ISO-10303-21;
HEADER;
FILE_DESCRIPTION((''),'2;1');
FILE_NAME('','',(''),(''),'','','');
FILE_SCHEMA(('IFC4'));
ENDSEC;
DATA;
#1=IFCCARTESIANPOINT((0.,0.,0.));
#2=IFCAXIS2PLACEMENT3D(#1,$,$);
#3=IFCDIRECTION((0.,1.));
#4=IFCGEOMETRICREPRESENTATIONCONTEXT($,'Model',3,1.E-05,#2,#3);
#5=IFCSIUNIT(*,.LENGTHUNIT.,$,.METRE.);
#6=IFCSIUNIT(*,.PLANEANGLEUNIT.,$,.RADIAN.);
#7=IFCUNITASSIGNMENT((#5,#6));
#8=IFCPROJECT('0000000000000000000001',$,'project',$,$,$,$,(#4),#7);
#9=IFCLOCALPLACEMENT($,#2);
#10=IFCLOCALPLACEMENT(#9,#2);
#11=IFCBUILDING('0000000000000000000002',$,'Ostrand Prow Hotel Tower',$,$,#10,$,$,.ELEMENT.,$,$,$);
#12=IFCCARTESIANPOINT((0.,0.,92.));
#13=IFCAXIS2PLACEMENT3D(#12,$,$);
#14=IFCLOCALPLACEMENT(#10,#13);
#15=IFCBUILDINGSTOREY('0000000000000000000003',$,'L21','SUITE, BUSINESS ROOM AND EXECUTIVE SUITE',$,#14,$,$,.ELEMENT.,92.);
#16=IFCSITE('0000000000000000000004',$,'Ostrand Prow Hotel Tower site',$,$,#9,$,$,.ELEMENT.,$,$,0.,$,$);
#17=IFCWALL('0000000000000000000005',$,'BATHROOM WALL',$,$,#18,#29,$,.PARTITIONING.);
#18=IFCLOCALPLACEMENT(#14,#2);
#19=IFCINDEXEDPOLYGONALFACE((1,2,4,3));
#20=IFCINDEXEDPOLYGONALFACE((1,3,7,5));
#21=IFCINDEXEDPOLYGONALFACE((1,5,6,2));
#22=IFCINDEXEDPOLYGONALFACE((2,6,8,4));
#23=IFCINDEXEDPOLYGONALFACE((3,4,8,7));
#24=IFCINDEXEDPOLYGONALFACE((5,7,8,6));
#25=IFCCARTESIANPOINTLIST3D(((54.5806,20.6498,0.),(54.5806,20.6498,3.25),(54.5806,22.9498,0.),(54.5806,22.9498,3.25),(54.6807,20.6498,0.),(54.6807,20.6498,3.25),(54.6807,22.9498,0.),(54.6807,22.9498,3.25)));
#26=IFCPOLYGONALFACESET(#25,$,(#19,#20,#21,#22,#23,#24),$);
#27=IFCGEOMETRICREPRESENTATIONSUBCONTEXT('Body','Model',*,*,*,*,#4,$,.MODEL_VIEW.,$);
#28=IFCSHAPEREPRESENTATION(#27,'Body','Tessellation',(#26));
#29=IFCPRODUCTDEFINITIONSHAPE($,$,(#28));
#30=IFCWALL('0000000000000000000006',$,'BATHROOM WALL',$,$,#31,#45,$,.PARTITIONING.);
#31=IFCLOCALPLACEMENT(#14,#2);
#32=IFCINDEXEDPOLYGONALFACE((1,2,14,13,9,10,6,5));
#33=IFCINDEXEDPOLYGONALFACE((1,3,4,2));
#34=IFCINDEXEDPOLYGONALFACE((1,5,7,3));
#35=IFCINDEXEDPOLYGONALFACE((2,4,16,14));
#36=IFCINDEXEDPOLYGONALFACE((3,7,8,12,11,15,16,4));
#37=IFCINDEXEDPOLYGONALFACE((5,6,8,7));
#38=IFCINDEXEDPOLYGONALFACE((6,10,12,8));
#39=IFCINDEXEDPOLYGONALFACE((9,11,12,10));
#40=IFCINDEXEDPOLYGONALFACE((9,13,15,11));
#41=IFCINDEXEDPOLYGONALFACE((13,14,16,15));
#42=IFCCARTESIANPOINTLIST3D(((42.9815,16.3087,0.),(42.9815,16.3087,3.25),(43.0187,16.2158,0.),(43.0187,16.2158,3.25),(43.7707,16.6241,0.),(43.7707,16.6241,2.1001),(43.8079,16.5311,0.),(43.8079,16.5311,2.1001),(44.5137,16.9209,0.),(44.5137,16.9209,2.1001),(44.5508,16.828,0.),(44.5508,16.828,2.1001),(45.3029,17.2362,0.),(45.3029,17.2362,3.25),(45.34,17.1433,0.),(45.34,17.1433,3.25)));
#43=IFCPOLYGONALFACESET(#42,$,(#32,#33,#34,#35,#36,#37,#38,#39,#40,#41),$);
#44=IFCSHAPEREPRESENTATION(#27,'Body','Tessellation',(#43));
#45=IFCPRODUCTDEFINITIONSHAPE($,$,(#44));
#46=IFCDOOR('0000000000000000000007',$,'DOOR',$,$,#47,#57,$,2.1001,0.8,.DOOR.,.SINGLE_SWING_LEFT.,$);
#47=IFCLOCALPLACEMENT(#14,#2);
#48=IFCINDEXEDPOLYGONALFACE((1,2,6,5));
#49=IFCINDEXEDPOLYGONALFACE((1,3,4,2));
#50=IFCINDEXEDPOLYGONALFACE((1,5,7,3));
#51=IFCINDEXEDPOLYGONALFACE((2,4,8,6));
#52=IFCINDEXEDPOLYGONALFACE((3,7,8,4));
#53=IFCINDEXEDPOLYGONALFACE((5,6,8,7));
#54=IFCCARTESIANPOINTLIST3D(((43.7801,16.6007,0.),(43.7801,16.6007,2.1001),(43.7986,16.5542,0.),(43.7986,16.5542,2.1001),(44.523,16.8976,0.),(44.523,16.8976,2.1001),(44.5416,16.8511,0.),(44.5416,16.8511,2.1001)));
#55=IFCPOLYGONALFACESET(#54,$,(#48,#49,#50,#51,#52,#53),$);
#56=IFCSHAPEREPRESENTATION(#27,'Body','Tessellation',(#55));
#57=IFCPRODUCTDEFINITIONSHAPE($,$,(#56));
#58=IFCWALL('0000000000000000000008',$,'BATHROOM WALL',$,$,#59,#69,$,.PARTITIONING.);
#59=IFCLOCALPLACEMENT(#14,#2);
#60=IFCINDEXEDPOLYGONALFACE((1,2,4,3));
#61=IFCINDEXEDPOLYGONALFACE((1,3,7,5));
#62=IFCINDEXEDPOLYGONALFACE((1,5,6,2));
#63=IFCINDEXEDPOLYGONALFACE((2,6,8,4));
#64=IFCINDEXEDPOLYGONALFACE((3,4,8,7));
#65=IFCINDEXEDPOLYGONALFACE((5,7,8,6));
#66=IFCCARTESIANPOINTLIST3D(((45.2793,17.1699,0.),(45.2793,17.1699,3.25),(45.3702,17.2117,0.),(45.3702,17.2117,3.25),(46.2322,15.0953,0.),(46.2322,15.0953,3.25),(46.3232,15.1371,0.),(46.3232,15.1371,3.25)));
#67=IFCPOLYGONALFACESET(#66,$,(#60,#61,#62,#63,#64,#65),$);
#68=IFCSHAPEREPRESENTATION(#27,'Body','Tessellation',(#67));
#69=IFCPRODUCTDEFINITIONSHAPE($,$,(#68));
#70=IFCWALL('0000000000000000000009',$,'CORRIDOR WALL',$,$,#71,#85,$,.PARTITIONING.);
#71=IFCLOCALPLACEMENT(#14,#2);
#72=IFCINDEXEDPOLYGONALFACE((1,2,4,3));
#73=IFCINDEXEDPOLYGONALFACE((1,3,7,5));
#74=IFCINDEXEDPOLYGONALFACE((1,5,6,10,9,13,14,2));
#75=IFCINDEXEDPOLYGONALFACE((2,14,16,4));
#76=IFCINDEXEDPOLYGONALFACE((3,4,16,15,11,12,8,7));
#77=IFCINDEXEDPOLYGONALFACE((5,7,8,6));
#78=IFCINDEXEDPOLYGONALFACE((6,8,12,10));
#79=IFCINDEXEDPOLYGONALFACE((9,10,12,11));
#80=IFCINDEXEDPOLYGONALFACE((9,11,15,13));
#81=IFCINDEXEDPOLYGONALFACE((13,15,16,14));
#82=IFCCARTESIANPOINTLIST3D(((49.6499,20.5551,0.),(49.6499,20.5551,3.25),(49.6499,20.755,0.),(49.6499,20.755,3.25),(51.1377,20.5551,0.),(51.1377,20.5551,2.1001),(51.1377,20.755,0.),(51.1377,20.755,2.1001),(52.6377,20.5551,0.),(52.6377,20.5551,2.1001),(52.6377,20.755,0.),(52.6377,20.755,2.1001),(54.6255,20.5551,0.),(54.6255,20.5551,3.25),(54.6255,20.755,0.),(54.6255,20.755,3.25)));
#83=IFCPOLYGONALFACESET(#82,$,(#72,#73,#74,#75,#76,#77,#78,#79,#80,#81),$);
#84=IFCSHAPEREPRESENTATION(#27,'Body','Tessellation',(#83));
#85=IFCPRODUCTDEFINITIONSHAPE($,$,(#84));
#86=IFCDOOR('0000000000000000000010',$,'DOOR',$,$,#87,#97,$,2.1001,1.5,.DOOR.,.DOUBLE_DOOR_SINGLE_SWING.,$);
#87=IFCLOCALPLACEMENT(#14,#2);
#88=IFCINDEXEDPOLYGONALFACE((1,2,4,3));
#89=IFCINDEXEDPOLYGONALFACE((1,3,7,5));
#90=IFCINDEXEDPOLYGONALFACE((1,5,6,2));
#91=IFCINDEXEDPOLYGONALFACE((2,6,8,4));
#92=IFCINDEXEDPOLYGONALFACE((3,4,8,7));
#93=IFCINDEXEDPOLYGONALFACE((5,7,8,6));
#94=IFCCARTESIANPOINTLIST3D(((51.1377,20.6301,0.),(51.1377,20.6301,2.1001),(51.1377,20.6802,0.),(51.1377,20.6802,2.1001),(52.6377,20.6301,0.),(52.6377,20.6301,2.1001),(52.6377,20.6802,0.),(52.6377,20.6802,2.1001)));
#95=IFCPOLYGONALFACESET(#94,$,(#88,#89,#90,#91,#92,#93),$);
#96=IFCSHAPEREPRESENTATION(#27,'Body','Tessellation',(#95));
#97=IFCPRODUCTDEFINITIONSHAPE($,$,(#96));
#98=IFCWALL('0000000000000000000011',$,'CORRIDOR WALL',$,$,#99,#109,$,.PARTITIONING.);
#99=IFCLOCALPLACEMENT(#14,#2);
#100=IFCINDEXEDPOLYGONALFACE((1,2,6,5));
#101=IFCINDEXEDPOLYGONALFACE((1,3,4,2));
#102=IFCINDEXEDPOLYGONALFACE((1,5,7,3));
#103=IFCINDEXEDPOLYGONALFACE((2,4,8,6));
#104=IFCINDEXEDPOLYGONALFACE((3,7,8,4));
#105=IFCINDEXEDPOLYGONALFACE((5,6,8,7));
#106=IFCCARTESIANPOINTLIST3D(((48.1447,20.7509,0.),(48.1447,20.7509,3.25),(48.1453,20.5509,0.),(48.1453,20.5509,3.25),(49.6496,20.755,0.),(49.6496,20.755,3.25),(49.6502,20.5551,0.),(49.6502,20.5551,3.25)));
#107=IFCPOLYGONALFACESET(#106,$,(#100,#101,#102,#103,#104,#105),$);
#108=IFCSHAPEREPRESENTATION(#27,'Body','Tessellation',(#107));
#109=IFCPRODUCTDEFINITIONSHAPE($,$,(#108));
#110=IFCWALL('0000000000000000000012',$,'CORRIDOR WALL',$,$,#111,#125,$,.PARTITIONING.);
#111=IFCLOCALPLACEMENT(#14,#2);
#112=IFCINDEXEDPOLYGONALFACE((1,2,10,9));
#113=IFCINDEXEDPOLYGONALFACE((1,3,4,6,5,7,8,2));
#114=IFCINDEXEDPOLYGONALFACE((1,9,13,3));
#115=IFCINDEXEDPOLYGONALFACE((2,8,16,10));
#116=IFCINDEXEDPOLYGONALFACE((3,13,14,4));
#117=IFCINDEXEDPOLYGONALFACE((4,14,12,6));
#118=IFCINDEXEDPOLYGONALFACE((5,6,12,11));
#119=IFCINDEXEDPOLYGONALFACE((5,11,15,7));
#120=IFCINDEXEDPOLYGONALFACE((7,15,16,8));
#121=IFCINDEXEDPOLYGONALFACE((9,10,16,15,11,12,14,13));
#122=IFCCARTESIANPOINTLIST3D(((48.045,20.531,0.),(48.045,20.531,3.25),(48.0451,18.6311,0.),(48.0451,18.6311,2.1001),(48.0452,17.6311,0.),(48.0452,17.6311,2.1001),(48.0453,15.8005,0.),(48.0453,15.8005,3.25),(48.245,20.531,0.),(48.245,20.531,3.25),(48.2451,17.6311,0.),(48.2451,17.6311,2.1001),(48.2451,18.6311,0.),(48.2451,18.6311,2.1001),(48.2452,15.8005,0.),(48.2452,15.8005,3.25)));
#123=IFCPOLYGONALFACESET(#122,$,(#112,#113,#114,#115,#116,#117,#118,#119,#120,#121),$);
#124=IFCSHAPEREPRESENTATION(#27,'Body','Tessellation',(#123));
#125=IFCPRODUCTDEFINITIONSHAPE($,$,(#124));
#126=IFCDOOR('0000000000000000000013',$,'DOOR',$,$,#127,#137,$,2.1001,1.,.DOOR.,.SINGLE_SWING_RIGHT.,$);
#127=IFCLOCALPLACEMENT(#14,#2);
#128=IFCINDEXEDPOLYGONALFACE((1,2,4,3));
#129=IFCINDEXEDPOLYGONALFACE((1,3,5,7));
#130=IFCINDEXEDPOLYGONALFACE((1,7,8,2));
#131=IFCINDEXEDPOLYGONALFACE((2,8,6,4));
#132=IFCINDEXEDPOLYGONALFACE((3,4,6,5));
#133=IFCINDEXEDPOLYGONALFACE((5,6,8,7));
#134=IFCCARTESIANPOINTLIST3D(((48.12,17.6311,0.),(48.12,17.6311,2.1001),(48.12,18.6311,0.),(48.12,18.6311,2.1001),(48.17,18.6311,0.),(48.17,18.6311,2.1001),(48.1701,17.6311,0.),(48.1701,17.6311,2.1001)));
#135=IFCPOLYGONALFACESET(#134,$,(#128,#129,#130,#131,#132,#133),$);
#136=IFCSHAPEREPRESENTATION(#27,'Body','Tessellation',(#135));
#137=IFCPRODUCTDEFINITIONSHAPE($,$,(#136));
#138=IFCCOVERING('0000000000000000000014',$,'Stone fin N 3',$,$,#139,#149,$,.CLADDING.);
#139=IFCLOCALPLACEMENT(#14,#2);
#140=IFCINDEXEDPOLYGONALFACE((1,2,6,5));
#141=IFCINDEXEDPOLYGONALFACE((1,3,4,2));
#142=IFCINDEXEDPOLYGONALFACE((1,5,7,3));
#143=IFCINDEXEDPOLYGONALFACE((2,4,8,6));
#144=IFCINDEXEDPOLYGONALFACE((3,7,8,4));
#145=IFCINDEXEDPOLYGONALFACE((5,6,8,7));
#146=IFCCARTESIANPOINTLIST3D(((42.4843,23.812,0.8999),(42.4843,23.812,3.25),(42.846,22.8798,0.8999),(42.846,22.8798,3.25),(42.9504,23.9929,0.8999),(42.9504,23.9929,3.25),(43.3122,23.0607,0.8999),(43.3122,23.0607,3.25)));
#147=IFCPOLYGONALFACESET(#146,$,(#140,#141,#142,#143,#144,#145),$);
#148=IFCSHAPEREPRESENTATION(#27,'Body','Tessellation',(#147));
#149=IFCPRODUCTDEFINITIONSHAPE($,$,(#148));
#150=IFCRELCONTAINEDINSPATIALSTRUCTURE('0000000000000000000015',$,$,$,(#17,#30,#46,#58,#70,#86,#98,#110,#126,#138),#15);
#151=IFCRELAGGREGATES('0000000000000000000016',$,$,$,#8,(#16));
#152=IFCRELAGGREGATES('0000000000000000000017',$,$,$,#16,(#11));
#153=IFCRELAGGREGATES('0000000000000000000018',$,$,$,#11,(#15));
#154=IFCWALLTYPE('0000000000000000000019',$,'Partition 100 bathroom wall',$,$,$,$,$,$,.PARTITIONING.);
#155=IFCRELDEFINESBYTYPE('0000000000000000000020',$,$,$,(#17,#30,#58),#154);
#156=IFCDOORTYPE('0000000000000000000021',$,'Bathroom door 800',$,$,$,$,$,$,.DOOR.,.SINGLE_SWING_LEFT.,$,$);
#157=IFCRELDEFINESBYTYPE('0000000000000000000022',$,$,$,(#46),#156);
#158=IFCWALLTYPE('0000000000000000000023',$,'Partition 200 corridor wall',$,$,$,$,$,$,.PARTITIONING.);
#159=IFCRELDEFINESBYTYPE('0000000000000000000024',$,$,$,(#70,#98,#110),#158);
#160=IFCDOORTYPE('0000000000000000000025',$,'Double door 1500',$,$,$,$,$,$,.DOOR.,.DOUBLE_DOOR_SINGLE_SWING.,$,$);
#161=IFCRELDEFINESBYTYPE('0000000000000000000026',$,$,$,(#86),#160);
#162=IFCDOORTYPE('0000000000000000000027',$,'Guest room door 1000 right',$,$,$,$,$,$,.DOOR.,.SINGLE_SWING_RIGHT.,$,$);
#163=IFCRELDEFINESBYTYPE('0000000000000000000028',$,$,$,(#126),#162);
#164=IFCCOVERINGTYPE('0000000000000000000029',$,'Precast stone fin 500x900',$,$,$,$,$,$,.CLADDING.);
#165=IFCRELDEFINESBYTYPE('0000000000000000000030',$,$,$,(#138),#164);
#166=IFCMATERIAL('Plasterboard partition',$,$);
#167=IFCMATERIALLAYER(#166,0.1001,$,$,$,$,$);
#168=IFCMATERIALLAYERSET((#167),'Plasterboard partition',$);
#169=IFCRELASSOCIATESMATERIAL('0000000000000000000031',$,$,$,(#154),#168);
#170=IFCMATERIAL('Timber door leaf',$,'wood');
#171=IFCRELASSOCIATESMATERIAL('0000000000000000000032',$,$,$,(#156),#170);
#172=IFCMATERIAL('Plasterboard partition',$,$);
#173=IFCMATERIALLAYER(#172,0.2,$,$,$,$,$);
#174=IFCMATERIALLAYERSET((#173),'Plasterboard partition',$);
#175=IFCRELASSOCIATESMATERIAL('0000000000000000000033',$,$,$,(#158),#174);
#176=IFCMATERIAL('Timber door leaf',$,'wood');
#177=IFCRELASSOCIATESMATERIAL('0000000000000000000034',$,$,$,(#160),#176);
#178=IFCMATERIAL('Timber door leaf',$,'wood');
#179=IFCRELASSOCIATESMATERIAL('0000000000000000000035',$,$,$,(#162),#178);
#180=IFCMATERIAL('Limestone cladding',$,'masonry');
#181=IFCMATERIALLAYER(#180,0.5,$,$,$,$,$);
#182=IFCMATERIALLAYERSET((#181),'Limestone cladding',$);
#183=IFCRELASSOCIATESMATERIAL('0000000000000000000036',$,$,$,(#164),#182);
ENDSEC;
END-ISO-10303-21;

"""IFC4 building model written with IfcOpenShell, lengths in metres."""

from ifc_helpers import new_model, si_unit, direction, frame, frame_2d, origin, place, context, subcontext, project, spatial, rectangle, extrude, material, layer, layer_set, type_object, element, fill, save


model = new_model("IFC4")

# Units and contexts
model_context = context("Model", 3, precision=1e-05, world=origin(), true_north=direction((0.0, 1.0)))
body_context = subcontext(model_context, "Body", "Model", "MODEL_VIEW")
ifc_project = project(units=[si_unit("LENGTHUNIT", "METRE"), si_unit("PLANEANGLEUNIT", "RADIAN")], contexts=[model_context])

# Site, building, storey
site_placement = place(None, origin())
site = spatial("IfcSite", under=ifc_project, at=site_placement, Name="Ostrand Prow Hotel Tower site", CompositionType="ELEMENT", RefElevation=0.0)
building_placement = place(site_placement, origin())
building = spatial("IfcBuilding", under=site, at=building_placement, Name="Ostrand Prow Hotel Tower", CompositionType="ELEMENT")
storey_placement = place(building_placement, frame((0.0, 0.0, 92.0)))
storey = spatial("IfcBuildingStorey", under=building, at=storey_placement, Name="L21", Description="SUITE, BUSINESS ROOM AND EXECUTIVE SUITE", CompositionType="ELEMENT", Elevation=92.0)

# Wall
ifc_material_1 = material(Name="Plasterboard partition")
ifc_layer_1 = layer(ifc_material_1, 0.1001)
ifc_layer_set_1 = layer_set([ifc_layer_1], Name="Plasterboard partition")
wall_type_1 = type_object("IfcWallType", Name="Partition 100 bathroom wall", PredefinedType="PARTITIONING", material=ifc_layer_set_1)
wall_1_placement = place(storey_placement, frame((54.6306, 20.6499, 0.0), z_axis=(0.0, 0.0, 1.0), x_axis=(0.0, 1.0, 0.0)))
element("IfcWall", 1, at=wall_1_placement, inside=storey, type_object=wall_type_1, Name="BATHROOM WALL", PredefinedType="PARTITIONING", context=body_context, shape_type="SweptSolid", body=[
    extrude(rectangle(XDim=2.3, YDim=0.1001, at=frame_2d((1.1499, 0.0))), origin(), (0.0, 0.0, 1.0), 3.25),
])

# Wall, opening, door
wall_2_placement = place(storey_placement, frame((43.0, 16.2622, 0.0), z_axis=(0.0, 0.0, 1.0), x_axis=(0.928618, 0.371037, 0.0)))
wall_2 = element("IfcWall", 2, at=wall_2_placement, inside=storey, type_object=wall_type_1, Name="BATHROOM WALL", PredefinedType="PARTITIONING", context=body_context, shape_type="SweptSolid", body=[
    extrude(rectangle(XDim=2.4998, YDim=0.1001, at=frame_2d((1.25, 0.0))), origin(), (0.0, 0.0, 1.0), 3.25),
])
opening_1_placement = place(wall_2_placement, frame((0.8501, 0.0, 0.0)))
opening_1 = element("IfcOpeningElement", 3, at=opening_1_placement, cuts=wall_2, PredefinedType="OPENING", context=body_context, shape_type="SweptSolid", body=[
    extrude(rectangle(XDim=0.8, YDim=2.1001, at=frame_2d((0.3999, 1.05))), frame((0.0, 0.0601, 0.0), z_axis=(0.0, -1.0, 0.0), x_axis=(1.0, 0.0, 0.0)), (0.0, 0.0, 1.0), 0.1201),
])
ifc_material_2 = material(Name="Timber door leaf", Category="wood")
door_type_1 = type_object("IfcDoorType", Name="Bathroom door 800", OperationType="SINGLE_SWING_LEFT", PredefinedType="DOOR", material=ifc_material_2)
door_1_placement = place(opening_1_placement, origin())
door_1 = element("IfcDoor", 4, at=door_1_placement, inside=storey, type_object=door_type_1, Name="DOOR", OperationType="SINGLE_SWING_LEFT", OverallHeight=2.1001, OverallWidth=0.8, PredefinedType="DOOR", context=body_context, shape_type="SweptSolid", body=[
    extrude(rectangle(XDim=0.8, YDim=2.1001, at=frame_2d((0.3999, 1.05))), frame((0.0, 0.0249, 0.0), z_axis=(0.0, -1.0, 0.0), x_axis=(1.0, 0.0, 0.0)), (0.0, 0.0, 1.0), 0.05),
])
fill(opening_1, door_1)

# Wall
wall_3_placement = place(storey_placement, frame((45.3247, 17.1909, 0.0), z_axis=(0.0, 0.0, 1.0), x_axis=(0.417409, -0.908719, 0.0)))
element("IfcWall", 5, at=wall_3_placement, inside=storey, type_object=wall_type_1, Name="BATHROOM WALL", PredefinedType="PARTITIONING", context=body_context, shape_type="SweptSolid", body=[
    extrude(rectangle(XDim=2.283, YDim=0.1001, at=frame_2d((1.1416, 0.0))), origin(), (0.0, 0.0, 1.0), 3.25),
])

# Wall, opening, door
ifc_material_3 = material(Name="Plasterboard partition")
ifc_layer_2 = layer(ifc_material_3, 0.2)
ifc_layer_set_2 = layer_set([ifc_layer_2], Name="Plasterboard partition")
wall_type_2 = type_object("IfcWallType", Name="Partition 200 corridor wall", PredefinedType="PARTITIONING", material=ifc_layer_set_2)
wall_4_placement = place(storey_placement, frame((54.6255, 20.655, 0.0), z_axis=(0.0, 0.0, 1.0), x_axis=(-1.0, 0.0, 0.0)))
wall_4 = element("IfcWall", 6, at=wall_4_placement, inside=storey, type_object=wall_type_2, Name="CORRIDOR WALL", PredefinedType="PARTITIONING", context=body_context, shape_type="SweptSolid", body=[
    extrude(rectangle(XDim=4.9756, YDim=0.2, at=frame_2d((2.4878, 0.0))), origin(), (0.0, 0.0, 1.0), 3.25),
])
opening_2_placement = place(wall_4_placement, frame((1.9878, 0.0, 0.0)))
opening_2 = element("IfcOpeningElement", 7, at=opening_2_placement, cuts=wall_4, PredefinedType="OPENING", context=body_context, shape_type="SweptSolid", body=[
    extrude(rectangle(XDim=1.5, YDim=2.1001, at=frame_2d((0.75, 1.05))), frame((0.0, 0.1099, 0.0), z_axis=(0.0, -1.0, 0.0), x_axis=(1.0, 0.0, 0.0)), (0.0, 0.0, 1.0), 0.22),
])
ifc_material_4 = material(Name="Timber door leaf", Category="wood")
door_type_2 = type_object("IfcDoorType", Name="Double door 1500", OperationType="DOUBLE_DOOR_SINGLE_SWING", PredefinedType="DOOR", material=ifc_material_4)
door_2_placement = place(opening_2_placement, origin())
door_2 = element("IfcDoor", 8, at=door_2_placement, inside=storey, type_object=door_type_2, Name="DOOR", OperationType="DOUBLE_DOOR_SINGLE_SWING", OverallHeight=2.1001, OverallWidth=1.5, PredefinedType="DOOR", context=body_context, shape_type="SweptSolid", body=[
    extrude(rectangle(XDim=1.5, YDim=2.1001, at=frame_2d((0.75, 1.05))), frame((0.0, 0.0249, 0.0), z_axis=(0.0, -1.0, 0.0), x_axis=(1.0, 0.0, 0.0)), (0.0, 0.0, 1.0), 0.05),
])
fill(opening_2, door_2)

# Wall
wall_5_placement = place(storey_placement, frame((49.6499, 20.655, 0.0), z_axis=(0.0, 0.0, 1.0), x_axis=(-0.999996, -0.002758, 0.0)))
element("IfcWall", 9, at=wall_5_placement, inside=storey, type_object=wall_type_2, Name="CORRIDOR WALL", PredefinedType="PARTITIONING", context=body_context, shape_type="SweptSolid", body=[
    extrude(rectangle(XDim=1.5049, YDim=0.2, at=frame_2d((0.7524, 0.0))), origin(), (0.0, 0.0, 1.0), 3.25),
])

# Wall, opening, door
wall_6_placement = place(storey_placement, frame((48.145, 20.531, 0.0), z_axis=(0.0, 0.0, 1.0), x_axis=(0.000052, -1.0, 0.0)))
wall_6 = element("IfcWall", 10, at=wall_6_placement, inside=storey, type_object=wall_type_2, Name="CORRIDOR WALL", PredefinedType="PARTITIONING", context=body_context, shape_type="SweptSolid", body=[
    extrude(rectangle(XDim=4.7305, YDim=0.2, at=frame_2d((2.3652, 0.0))), origin(), (0.0, 0.0, 1.0), 3.25),
])
opening_3_placement = place(wall_6_placement, frame((1.8999, 0.0, 0.0)))
opening_3 = element("IfcOpeningElement", 11, at=opening_3_placement, cuts=wall_6, PredefinedType="OPENING", context=body_context, shape_type="SweptSolid", body=[
    extrude(rectangle(XDim=1.0, YDim=2.1001, at=frame_2d((0.5, 1.05))), frame((0.0, 0.1099, 0.0), z_axis=(0.0, -1.0, 0.0), x_axis=(1.0, 0.0, 0.0)), (0.0, 0.0, 1.0), 0.22),
])
ifc_material_5 = material(Name="Timber door leaf", Category="wood")
door_type_3 = type_object("IfcDoorType", Name="Guest room door 1000 right", OperationType="SINGLE_SWING_RIGHT", PredefinedType="DOOR", material=ifc_material_5)
door_3_placement = place(opening_3_placement, origin())
door_3 = element("IfcDoor", 12, at=door_3_placement, inside=storey, type_object=door_type_3, Name="DOOR", OperationType="SINGLE_SWING_RIGHT", OverallHeight=2.1001, OverallWidth=1.0, PredefinedType="DOOR", context=body_context, shape_type="SweptSolid", body=[
    extrude(rectangle(XDim=1.0, YDim=2.1001, at=frame_2d((0.5, 1.05))), frame((0.0, 0.0249, 0.0), z_axis=(0.0, -1.0, 0.0), x_axis=(1.0, 0.0, 0.0)), (0.0, 0.0, 1.0), 0.05),
])
fill(opening_3, door_3)

# Covering
ifc_material_6 = material(Name="Limestone cladding", Category="masonry")
ifc_layer_3 = layer(ifc_material_6, 0.5)
ifc_layer_set_3 = layer_set([ifc_layer_3], Name="Limestone cladding")
covering_type = type_object("IfcCoveringType", Name="Precast stone fin 500x900", PredefinedType="CLADDING", material=ifc_layer_set_3)
covering_placement = place(storey_placement, frame((43.0791, 22.9702, 0.8999), z_axis=(0.0, 0.0, 1.0), x_axis=(-0.361775, 0.932266, 0.0)))
element("IfcCovering", 13, at=covering_placement, inside=storey, type_object=covering_type, Name="Stone fin N 3", PredefinedType="CLADDING", context=body_context, shape_type="SweptSolid", body=[
    extrude(rectangle(XDim=1.0, YDim=0.5, at=frame_2d((0.5, 0.0))), origin(), (0.0, 0.0, 1.0), 2.3501),
])

save(model, "model.ifc")
